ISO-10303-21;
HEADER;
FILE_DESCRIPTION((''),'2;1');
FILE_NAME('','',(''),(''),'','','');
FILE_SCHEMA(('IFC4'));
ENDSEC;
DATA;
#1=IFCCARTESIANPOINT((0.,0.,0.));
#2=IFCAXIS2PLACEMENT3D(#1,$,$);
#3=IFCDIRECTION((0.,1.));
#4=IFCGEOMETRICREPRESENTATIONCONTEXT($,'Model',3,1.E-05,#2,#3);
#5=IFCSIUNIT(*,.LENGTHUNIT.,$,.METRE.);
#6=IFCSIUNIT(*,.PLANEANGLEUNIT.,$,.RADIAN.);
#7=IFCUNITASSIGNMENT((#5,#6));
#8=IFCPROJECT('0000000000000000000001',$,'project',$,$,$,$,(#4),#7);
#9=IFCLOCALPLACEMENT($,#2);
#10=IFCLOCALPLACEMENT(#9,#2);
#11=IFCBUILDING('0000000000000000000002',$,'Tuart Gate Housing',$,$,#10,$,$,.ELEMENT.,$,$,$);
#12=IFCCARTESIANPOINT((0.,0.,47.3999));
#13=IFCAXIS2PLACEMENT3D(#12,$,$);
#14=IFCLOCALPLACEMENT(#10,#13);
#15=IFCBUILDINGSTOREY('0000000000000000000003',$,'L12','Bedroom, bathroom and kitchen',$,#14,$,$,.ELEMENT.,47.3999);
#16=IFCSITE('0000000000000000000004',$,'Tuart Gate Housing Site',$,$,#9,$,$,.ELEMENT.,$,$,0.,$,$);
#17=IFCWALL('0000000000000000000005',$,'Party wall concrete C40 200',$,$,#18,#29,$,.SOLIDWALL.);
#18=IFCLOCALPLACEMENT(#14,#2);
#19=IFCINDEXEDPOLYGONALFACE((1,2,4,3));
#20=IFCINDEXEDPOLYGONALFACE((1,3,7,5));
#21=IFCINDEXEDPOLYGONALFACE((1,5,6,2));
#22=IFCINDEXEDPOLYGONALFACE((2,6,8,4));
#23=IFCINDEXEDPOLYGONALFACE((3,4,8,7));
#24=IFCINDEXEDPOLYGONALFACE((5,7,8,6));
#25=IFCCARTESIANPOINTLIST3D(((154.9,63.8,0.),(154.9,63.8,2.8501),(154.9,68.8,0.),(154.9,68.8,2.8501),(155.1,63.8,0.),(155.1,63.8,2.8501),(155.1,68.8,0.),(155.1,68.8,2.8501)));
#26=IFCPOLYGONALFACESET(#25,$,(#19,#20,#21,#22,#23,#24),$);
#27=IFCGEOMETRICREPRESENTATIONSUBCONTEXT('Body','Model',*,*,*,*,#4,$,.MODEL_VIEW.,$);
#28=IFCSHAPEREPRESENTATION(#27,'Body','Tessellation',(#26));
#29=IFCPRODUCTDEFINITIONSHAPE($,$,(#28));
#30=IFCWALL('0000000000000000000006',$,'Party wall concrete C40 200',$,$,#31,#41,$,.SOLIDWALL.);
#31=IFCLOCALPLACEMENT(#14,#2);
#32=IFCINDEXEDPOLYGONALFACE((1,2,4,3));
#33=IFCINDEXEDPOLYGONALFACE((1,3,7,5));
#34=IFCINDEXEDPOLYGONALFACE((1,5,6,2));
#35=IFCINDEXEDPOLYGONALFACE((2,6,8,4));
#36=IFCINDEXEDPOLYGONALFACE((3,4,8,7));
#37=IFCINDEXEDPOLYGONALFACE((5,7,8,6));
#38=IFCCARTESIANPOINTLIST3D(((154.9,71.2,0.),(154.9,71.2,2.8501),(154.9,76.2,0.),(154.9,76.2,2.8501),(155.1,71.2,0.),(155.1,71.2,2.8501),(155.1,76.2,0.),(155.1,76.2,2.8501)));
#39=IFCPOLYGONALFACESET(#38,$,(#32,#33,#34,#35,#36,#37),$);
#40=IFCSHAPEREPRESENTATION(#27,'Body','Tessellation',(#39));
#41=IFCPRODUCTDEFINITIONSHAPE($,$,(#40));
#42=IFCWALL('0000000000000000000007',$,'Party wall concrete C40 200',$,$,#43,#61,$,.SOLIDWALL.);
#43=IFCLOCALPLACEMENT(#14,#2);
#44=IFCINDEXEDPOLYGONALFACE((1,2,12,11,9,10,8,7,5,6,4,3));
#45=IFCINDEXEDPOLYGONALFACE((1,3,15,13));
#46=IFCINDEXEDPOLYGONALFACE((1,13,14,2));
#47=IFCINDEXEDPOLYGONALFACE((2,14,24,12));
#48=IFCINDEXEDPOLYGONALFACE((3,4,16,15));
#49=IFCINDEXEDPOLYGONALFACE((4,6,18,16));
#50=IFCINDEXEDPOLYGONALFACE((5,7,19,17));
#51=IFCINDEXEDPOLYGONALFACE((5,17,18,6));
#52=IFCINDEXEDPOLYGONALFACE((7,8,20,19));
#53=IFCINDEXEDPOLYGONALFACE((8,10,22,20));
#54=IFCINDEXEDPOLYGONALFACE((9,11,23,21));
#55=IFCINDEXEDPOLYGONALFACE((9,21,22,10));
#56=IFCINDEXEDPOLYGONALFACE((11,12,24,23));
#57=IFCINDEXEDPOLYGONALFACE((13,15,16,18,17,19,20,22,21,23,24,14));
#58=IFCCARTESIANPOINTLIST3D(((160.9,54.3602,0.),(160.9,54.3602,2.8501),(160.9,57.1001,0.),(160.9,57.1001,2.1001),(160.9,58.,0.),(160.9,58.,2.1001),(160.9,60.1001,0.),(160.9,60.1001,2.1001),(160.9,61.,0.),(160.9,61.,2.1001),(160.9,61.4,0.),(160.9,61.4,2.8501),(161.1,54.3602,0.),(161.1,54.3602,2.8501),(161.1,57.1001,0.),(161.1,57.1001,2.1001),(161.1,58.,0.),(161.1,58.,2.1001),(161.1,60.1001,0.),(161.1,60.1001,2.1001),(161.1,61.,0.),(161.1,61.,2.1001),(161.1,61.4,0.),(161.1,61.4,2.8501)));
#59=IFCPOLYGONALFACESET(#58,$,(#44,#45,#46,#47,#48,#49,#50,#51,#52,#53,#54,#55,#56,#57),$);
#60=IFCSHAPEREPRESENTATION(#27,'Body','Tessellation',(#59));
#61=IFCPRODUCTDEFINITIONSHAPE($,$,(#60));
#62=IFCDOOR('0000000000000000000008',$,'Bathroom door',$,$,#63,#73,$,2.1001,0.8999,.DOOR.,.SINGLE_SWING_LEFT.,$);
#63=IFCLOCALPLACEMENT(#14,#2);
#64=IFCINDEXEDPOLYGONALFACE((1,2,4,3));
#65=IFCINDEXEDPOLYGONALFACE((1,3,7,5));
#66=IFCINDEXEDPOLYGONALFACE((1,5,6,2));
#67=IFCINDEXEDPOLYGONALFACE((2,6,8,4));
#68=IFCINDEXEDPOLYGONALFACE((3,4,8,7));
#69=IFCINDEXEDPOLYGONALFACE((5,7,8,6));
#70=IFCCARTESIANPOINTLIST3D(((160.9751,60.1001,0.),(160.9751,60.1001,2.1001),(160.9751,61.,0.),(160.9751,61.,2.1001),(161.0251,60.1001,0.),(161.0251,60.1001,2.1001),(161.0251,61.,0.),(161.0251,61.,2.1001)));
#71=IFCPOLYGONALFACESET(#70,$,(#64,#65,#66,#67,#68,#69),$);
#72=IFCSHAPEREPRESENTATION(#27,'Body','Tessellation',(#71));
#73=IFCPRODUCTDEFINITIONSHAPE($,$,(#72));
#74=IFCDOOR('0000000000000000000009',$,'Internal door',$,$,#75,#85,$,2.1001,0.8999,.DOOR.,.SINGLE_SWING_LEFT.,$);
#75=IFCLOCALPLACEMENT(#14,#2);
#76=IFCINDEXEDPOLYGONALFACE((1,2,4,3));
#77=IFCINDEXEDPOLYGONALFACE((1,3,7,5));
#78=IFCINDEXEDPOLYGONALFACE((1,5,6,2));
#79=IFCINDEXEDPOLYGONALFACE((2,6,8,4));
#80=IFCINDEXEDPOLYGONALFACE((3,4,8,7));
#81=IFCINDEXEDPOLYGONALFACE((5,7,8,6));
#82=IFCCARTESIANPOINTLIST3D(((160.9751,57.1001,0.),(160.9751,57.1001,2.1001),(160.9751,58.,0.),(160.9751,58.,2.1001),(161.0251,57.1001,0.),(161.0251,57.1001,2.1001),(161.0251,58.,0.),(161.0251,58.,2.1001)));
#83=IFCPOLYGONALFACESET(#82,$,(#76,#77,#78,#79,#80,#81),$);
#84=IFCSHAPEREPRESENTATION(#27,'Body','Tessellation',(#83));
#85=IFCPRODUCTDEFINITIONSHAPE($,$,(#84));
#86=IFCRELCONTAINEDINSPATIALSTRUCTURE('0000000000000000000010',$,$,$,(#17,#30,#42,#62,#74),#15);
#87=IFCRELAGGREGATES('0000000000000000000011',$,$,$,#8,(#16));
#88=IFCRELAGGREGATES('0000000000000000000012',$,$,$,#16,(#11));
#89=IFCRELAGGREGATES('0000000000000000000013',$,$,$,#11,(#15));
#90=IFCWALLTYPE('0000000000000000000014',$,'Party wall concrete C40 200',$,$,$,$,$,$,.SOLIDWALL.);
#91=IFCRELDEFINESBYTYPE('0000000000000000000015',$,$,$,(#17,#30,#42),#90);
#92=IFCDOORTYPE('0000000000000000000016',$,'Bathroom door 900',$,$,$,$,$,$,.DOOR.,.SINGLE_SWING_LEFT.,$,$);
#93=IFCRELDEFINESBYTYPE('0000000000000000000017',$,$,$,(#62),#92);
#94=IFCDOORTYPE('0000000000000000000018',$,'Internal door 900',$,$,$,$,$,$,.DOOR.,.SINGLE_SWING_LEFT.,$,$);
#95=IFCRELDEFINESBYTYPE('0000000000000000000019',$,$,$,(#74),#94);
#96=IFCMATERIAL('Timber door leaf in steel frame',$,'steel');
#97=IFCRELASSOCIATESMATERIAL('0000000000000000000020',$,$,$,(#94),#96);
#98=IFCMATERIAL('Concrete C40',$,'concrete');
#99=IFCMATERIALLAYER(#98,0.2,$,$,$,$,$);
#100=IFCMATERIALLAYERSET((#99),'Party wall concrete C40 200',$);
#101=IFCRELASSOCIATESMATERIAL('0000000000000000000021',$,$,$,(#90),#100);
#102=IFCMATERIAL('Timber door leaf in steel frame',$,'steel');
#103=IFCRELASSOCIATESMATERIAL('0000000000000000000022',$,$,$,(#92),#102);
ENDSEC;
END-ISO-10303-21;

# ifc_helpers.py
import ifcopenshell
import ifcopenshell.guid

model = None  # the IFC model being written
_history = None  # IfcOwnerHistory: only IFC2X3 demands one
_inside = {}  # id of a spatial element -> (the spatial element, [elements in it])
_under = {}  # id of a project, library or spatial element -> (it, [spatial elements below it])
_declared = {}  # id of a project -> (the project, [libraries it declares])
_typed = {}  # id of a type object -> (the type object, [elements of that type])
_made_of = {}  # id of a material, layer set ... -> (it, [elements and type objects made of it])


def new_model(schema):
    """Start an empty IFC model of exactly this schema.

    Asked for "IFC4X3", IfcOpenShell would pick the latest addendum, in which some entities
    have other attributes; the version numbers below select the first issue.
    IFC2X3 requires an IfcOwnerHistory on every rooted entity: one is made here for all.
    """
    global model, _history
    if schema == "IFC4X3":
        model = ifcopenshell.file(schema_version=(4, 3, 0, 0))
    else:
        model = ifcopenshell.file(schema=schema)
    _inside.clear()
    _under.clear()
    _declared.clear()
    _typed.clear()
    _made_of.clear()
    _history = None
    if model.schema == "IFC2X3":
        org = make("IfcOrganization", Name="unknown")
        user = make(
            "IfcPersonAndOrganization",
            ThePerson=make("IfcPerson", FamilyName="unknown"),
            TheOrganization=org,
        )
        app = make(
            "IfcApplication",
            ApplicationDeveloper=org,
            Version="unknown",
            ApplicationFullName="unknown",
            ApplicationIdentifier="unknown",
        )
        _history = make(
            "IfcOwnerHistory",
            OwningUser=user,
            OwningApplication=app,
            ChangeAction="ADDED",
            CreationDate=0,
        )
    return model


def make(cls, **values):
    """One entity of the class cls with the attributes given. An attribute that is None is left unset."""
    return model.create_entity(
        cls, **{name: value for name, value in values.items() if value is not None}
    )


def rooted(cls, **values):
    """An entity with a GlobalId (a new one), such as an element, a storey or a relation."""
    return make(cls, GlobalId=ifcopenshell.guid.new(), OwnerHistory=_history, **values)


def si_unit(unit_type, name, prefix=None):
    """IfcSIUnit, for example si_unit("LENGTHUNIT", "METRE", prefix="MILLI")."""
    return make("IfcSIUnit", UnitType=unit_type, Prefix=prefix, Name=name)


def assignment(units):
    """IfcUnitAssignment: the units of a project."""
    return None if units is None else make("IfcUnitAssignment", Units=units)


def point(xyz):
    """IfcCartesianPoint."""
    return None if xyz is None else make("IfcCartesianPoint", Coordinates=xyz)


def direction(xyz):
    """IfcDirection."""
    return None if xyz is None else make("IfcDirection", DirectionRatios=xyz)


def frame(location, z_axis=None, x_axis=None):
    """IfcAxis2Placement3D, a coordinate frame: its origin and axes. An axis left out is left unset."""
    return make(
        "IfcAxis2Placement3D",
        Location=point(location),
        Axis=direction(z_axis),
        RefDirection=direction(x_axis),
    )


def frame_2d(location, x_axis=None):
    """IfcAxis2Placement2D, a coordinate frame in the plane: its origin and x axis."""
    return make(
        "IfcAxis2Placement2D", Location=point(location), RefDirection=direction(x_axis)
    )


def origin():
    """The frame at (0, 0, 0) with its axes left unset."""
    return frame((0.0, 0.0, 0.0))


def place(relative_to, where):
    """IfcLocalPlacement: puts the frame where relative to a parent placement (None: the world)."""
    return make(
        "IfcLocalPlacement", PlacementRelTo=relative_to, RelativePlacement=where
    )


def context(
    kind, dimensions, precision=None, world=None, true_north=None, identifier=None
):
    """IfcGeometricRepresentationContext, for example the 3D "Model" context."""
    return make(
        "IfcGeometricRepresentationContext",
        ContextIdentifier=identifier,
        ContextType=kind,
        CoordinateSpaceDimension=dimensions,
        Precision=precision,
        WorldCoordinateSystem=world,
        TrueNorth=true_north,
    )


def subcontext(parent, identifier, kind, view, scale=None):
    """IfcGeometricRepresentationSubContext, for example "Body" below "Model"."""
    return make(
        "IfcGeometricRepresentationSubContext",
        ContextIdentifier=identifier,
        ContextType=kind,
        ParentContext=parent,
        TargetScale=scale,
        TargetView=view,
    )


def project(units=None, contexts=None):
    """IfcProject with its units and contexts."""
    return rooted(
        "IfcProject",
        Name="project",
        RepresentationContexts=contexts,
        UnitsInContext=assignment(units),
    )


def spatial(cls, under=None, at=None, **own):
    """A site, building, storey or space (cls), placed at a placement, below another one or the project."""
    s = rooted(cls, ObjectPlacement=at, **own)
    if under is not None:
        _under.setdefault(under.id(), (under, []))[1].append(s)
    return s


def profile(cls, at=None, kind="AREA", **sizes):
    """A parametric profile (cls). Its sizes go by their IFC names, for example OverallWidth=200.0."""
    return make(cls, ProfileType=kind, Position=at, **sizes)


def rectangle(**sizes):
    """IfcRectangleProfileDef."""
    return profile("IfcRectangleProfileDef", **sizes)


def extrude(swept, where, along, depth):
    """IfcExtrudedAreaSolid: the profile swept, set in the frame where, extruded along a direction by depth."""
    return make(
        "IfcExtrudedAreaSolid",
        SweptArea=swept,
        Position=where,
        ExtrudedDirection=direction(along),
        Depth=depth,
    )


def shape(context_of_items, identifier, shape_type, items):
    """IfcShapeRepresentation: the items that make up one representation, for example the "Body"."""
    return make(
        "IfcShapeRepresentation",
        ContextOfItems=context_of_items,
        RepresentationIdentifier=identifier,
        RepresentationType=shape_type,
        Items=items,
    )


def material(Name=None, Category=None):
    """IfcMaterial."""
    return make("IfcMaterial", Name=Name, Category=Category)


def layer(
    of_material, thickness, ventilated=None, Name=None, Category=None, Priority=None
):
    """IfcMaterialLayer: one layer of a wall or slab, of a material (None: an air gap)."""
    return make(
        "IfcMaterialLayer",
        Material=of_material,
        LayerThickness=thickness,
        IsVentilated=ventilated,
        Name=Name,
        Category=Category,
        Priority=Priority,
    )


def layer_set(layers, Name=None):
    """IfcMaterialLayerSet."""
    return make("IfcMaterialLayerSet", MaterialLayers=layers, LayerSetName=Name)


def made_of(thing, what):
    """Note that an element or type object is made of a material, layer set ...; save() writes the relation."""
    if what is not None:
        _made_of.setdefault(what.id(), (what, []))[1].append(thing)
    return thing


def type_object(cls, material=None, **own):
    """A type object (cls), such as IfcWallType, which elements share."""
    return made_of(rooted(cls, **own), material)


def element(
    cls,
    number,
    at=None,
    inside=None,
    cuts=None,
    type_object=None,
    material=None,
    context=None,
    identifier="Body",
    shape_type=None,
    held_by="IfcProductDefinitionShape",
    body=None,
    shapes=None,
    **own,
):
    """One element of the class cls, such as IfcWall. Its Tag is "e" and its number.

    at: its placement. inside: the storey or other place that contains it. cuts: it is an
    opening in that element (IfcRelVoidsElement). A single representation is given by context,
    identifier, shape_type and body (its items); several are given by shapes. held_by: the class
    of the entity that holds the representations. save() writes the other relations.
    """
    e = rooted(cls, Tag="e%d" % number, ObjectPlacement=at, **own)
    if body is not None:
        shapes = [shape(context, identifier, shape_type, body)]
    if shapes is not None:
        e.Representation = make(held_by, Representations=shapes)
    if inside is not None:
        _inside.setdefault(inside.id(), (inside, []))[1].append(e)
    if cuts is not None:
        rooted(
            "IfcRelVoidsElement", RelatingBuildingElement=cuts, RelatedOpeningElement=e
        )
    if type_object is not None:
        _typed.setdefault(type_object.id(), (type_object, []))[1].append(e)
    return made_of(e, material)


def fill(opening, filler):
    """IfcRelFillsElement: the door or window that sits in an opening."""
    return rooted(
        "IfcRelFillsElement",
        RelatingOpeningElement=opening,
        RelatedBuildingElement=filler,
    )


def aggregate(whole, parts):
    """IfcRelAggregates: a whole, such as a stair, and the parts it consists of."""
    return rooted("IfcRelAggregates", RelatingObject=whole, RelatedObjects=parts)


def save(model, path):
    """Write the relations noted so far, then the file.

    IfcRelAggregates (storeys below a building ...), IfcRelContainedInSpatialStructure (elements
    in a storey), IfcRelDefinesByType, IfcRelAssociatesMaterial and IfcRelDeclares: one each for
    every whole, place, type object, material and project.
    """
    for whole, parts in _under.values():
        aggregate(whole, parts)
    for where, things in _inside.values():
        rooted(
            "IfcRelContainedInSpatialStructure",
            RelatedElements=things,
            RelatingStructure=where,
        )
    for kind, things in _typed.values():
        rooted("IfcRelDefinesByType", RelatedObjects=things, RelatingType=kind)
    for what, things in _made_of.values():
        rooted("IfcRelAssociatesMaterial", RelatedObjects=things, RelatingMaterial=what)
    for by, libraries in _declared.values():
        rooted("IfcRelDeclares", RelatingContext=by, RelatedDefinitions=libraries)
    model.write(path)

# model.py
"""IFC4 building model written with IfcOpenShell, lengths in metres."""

from ifc_helpers import new_model, si_unit, direction, frame, frame_2d, origin, place, context, subcontext, project, spatial, rectangle, extrude, material, layer, layer_set, type_object, element, fill, save


model = new_model("IFC4")

# Units and contexts
model_context = context("Model", 3, precision=1e-05, world=origin(), true_north=direction((0.0, 1.0)))
body_context = subcontext(model_context, "Body", "Model", "MODEL_VIEW")
ifc_project = project(units=[si_unit("LENGTHUNIT", "METRE"), si_unit("PLANEANGLEUNIT", "RADIAN")], contexts=[model_context])

# Site, building, storey
site_placement = place(None, origin())
site = spatial("IfcSite", under=ifc_project, at=site_placement, Name="Tuart Gate Housing Site", CompositionType="ELEMENT", RefElevation=0.0)
building_placement = place(site_placement, origin())
building = spatial("IfcBuilding", under=site, at=building_placement, Name="Tuart Gate Housing", CompositionType="ELEMENT")
storey_placement = place(building_placement, frame((0.0, 0.0, 47.3999)))
storey = spatial("IfcBuildingStorey", under=building, at=storey_placement, Name="L12", Description="Bedroom, bathroom and kitchen", CompositionType="ELEMENT", Elevation=47.3999)

# Shared definitions
ifc_material_1 = material(Name="Timber door leaf in steel frame", Category="steel")
door_type_1 = type_object("IfcDoorType", Name="Internal door 900", OperationType="SINGLE_SWING_LEFT", PredefinedType="DOOR", material=ifc_material_1)

# Walls
ifc_material_2 = material(Name="Concrete C40", Category="concrete")
ifc_layer_1 = layer(ifc_material_2, 0.2)
ifc_layer_set_1 = layer_set([ifc_layer_1], Name="Party wall concrete C40 200")
wall_type_1 = type_object("IfcWallType", Name="Party wall concrete C40 200", PredefinedType="SOLIDWALL", material=ifc_layer_set_1)
for number, where, z_axis, x_axis, name in (
    (1, (155.0, 63.8, 0.0), (0.0, 0.0, 1.0), (0.0, 1.0, 0.0), "Party wall concrete C40 200"),
    (2, (155.0, 71.2, 0.0), (0.0, 0.0, 1.0), (0.0, 1.0, 0.0), "Party wall concrete C40 200"),
):
    element("IfcWall", number, at=place(storey_placement, frame(where, z_axis=z_axis, x_axis=x_axis)), inside=storey, type_object=wall_type_1, Name=name, PredefinedType="SOLIDWALL", context=body_context, shape_type="SweptSolid", body=[
        extrude(rectangle(XDim=5.0, YDim=0.2, at=frame_2d((2.5, 0.0))), origin(), (0.0, 0.0, 1.0), 2.8501),
    ])

# Wall, openings, doors
wall_1_placement = place(storey_placement, frame((161.0, 54.3601, 0.0), z_axis=(0.0, 0.0, 1.0), x_axis=(0.0, 1.0, 0.0)))
wall_1 = element("IfcWall", 3, at=wall_1_placement, inside=storey, type_object=wall_type_1, Name="Party wall concrete C40 200", PredefinedType="SOLIDWALL", context=body_context, shape_type="SweptSolid", body=[
    extrude(rectangle(XDim=7.0398, YDim=0.2, at=frame_2d((3.52, 0.0))), origin(), (0.0, 0.0, 1.0), 2.8501),
])
opening_1_placement = place(wall_1_placement, frame((2.74, 0.0, 0.0)))
opening_1 = element("IfcOpeningElement", 4, at=opening_1_placement, cuts=wall_1, PredefinedType="OPENING", context=body_context, shape_type="SweptSolid", body=[
    extrude(rectangle(XDim=0.8999, YDim=2.1001, at=frame_2d((0.45, 1.05))), frame((0.0, 0.1099, 0.0), z_axis=(0.0, -1.0, 0.0), x_axis=(1.0, 0.0, 0.0)), (0.0, 0.0, 1.0), 0.22),
])
opening_2_placement = place(wall_1_placement, frame((5.74, 0.0, 0.0)))
opening_2 = element("IfcOpeningElement", 5, at=opening_2_placement, cuts=wall_1, PredefinedType="OPENING", context=body_context, shape_type="SweptSolid", body=[
    extrude(rectangle(XDim=0.8999, YDim=2.1001, at=frame_2d((0.45, 1.05))), frame((0.0, 0.1099, 0.0), z_axis=(0.0, -1.0, 0.0), x_axis=(1.0, 0.0, 0.0)), (0.0, 0.0, 1.0), 0.22),
])
ifc_material_3 = material(Name="Timber door leaf in steel frame", Category="steel")
door_type_2 = type_object("IfcDoorType", Name="Bathroom door 900", OperationType="SINGLE_SWING_LEFT", PredefinedType="DOOR", material=ifc_material_3)
door_1_placement = place(opening_2_placement, frame((0.8999, 0.0, 0.0), z_axis=(0.0, 0.0, 1.0), x_axis=(-1.0, 0.0, 0.0)))
door_1 = element("IfcDoor", 6, at=door_1_placement, inside=storey, type_object=door_type_2, Name="Bathroom door", OperationType="SINGLE_SWING_LEFT", OverallHeight=2.1001, OverallWidth=0.8999, PredefinedType="DOOR", context=body_context, shape_type="SweptSolid", body=[
    extrude(rectangle(XDim=0.8999, YDim=2.1001, at=frame_2d((0.45, 1.05))), frame((0.0, 0.0251, 0.0), z_axis=(0.0, -1.0, 0.0), x_axis=(1.0, 0.0, 0.0)), (0.0, 0.0, 1.0), 0.05),
])
fill(opening_2, door_1)
door_2_placement = place(opening_1_placement, frame((0.8999, 0.0, 0.0), z_axis=(0.0, 0.0, 1.0), x_axis=(-1.0, 0.0, 0.0)))
door_2 = element("IfcDoor", 7, at=door_2_placement, inside=storey, type_object=door_type_1, Name="Internal door", OperationType="SINGLE_SWING_LEFT", OverallHeight=2.1001, OverallWidth=0.8999, PredefinedType="DOOR", context=body_context, shape_type="SweptSolid", body=[
    extrude(rectangle(XDim=0.8999, YDim=2.1001, at=frame_2d((0.45, 1.05))), frame((0.0, 0.0251, 0.0), z_axis=(0.0, -1.0, 0.0), x_axis=(1.0, 0.0, 0.0)), (0.0, 0.0, 1.0), 0.05),
])
fill(opening_1, door_2)

save(model, "model.ifc")
